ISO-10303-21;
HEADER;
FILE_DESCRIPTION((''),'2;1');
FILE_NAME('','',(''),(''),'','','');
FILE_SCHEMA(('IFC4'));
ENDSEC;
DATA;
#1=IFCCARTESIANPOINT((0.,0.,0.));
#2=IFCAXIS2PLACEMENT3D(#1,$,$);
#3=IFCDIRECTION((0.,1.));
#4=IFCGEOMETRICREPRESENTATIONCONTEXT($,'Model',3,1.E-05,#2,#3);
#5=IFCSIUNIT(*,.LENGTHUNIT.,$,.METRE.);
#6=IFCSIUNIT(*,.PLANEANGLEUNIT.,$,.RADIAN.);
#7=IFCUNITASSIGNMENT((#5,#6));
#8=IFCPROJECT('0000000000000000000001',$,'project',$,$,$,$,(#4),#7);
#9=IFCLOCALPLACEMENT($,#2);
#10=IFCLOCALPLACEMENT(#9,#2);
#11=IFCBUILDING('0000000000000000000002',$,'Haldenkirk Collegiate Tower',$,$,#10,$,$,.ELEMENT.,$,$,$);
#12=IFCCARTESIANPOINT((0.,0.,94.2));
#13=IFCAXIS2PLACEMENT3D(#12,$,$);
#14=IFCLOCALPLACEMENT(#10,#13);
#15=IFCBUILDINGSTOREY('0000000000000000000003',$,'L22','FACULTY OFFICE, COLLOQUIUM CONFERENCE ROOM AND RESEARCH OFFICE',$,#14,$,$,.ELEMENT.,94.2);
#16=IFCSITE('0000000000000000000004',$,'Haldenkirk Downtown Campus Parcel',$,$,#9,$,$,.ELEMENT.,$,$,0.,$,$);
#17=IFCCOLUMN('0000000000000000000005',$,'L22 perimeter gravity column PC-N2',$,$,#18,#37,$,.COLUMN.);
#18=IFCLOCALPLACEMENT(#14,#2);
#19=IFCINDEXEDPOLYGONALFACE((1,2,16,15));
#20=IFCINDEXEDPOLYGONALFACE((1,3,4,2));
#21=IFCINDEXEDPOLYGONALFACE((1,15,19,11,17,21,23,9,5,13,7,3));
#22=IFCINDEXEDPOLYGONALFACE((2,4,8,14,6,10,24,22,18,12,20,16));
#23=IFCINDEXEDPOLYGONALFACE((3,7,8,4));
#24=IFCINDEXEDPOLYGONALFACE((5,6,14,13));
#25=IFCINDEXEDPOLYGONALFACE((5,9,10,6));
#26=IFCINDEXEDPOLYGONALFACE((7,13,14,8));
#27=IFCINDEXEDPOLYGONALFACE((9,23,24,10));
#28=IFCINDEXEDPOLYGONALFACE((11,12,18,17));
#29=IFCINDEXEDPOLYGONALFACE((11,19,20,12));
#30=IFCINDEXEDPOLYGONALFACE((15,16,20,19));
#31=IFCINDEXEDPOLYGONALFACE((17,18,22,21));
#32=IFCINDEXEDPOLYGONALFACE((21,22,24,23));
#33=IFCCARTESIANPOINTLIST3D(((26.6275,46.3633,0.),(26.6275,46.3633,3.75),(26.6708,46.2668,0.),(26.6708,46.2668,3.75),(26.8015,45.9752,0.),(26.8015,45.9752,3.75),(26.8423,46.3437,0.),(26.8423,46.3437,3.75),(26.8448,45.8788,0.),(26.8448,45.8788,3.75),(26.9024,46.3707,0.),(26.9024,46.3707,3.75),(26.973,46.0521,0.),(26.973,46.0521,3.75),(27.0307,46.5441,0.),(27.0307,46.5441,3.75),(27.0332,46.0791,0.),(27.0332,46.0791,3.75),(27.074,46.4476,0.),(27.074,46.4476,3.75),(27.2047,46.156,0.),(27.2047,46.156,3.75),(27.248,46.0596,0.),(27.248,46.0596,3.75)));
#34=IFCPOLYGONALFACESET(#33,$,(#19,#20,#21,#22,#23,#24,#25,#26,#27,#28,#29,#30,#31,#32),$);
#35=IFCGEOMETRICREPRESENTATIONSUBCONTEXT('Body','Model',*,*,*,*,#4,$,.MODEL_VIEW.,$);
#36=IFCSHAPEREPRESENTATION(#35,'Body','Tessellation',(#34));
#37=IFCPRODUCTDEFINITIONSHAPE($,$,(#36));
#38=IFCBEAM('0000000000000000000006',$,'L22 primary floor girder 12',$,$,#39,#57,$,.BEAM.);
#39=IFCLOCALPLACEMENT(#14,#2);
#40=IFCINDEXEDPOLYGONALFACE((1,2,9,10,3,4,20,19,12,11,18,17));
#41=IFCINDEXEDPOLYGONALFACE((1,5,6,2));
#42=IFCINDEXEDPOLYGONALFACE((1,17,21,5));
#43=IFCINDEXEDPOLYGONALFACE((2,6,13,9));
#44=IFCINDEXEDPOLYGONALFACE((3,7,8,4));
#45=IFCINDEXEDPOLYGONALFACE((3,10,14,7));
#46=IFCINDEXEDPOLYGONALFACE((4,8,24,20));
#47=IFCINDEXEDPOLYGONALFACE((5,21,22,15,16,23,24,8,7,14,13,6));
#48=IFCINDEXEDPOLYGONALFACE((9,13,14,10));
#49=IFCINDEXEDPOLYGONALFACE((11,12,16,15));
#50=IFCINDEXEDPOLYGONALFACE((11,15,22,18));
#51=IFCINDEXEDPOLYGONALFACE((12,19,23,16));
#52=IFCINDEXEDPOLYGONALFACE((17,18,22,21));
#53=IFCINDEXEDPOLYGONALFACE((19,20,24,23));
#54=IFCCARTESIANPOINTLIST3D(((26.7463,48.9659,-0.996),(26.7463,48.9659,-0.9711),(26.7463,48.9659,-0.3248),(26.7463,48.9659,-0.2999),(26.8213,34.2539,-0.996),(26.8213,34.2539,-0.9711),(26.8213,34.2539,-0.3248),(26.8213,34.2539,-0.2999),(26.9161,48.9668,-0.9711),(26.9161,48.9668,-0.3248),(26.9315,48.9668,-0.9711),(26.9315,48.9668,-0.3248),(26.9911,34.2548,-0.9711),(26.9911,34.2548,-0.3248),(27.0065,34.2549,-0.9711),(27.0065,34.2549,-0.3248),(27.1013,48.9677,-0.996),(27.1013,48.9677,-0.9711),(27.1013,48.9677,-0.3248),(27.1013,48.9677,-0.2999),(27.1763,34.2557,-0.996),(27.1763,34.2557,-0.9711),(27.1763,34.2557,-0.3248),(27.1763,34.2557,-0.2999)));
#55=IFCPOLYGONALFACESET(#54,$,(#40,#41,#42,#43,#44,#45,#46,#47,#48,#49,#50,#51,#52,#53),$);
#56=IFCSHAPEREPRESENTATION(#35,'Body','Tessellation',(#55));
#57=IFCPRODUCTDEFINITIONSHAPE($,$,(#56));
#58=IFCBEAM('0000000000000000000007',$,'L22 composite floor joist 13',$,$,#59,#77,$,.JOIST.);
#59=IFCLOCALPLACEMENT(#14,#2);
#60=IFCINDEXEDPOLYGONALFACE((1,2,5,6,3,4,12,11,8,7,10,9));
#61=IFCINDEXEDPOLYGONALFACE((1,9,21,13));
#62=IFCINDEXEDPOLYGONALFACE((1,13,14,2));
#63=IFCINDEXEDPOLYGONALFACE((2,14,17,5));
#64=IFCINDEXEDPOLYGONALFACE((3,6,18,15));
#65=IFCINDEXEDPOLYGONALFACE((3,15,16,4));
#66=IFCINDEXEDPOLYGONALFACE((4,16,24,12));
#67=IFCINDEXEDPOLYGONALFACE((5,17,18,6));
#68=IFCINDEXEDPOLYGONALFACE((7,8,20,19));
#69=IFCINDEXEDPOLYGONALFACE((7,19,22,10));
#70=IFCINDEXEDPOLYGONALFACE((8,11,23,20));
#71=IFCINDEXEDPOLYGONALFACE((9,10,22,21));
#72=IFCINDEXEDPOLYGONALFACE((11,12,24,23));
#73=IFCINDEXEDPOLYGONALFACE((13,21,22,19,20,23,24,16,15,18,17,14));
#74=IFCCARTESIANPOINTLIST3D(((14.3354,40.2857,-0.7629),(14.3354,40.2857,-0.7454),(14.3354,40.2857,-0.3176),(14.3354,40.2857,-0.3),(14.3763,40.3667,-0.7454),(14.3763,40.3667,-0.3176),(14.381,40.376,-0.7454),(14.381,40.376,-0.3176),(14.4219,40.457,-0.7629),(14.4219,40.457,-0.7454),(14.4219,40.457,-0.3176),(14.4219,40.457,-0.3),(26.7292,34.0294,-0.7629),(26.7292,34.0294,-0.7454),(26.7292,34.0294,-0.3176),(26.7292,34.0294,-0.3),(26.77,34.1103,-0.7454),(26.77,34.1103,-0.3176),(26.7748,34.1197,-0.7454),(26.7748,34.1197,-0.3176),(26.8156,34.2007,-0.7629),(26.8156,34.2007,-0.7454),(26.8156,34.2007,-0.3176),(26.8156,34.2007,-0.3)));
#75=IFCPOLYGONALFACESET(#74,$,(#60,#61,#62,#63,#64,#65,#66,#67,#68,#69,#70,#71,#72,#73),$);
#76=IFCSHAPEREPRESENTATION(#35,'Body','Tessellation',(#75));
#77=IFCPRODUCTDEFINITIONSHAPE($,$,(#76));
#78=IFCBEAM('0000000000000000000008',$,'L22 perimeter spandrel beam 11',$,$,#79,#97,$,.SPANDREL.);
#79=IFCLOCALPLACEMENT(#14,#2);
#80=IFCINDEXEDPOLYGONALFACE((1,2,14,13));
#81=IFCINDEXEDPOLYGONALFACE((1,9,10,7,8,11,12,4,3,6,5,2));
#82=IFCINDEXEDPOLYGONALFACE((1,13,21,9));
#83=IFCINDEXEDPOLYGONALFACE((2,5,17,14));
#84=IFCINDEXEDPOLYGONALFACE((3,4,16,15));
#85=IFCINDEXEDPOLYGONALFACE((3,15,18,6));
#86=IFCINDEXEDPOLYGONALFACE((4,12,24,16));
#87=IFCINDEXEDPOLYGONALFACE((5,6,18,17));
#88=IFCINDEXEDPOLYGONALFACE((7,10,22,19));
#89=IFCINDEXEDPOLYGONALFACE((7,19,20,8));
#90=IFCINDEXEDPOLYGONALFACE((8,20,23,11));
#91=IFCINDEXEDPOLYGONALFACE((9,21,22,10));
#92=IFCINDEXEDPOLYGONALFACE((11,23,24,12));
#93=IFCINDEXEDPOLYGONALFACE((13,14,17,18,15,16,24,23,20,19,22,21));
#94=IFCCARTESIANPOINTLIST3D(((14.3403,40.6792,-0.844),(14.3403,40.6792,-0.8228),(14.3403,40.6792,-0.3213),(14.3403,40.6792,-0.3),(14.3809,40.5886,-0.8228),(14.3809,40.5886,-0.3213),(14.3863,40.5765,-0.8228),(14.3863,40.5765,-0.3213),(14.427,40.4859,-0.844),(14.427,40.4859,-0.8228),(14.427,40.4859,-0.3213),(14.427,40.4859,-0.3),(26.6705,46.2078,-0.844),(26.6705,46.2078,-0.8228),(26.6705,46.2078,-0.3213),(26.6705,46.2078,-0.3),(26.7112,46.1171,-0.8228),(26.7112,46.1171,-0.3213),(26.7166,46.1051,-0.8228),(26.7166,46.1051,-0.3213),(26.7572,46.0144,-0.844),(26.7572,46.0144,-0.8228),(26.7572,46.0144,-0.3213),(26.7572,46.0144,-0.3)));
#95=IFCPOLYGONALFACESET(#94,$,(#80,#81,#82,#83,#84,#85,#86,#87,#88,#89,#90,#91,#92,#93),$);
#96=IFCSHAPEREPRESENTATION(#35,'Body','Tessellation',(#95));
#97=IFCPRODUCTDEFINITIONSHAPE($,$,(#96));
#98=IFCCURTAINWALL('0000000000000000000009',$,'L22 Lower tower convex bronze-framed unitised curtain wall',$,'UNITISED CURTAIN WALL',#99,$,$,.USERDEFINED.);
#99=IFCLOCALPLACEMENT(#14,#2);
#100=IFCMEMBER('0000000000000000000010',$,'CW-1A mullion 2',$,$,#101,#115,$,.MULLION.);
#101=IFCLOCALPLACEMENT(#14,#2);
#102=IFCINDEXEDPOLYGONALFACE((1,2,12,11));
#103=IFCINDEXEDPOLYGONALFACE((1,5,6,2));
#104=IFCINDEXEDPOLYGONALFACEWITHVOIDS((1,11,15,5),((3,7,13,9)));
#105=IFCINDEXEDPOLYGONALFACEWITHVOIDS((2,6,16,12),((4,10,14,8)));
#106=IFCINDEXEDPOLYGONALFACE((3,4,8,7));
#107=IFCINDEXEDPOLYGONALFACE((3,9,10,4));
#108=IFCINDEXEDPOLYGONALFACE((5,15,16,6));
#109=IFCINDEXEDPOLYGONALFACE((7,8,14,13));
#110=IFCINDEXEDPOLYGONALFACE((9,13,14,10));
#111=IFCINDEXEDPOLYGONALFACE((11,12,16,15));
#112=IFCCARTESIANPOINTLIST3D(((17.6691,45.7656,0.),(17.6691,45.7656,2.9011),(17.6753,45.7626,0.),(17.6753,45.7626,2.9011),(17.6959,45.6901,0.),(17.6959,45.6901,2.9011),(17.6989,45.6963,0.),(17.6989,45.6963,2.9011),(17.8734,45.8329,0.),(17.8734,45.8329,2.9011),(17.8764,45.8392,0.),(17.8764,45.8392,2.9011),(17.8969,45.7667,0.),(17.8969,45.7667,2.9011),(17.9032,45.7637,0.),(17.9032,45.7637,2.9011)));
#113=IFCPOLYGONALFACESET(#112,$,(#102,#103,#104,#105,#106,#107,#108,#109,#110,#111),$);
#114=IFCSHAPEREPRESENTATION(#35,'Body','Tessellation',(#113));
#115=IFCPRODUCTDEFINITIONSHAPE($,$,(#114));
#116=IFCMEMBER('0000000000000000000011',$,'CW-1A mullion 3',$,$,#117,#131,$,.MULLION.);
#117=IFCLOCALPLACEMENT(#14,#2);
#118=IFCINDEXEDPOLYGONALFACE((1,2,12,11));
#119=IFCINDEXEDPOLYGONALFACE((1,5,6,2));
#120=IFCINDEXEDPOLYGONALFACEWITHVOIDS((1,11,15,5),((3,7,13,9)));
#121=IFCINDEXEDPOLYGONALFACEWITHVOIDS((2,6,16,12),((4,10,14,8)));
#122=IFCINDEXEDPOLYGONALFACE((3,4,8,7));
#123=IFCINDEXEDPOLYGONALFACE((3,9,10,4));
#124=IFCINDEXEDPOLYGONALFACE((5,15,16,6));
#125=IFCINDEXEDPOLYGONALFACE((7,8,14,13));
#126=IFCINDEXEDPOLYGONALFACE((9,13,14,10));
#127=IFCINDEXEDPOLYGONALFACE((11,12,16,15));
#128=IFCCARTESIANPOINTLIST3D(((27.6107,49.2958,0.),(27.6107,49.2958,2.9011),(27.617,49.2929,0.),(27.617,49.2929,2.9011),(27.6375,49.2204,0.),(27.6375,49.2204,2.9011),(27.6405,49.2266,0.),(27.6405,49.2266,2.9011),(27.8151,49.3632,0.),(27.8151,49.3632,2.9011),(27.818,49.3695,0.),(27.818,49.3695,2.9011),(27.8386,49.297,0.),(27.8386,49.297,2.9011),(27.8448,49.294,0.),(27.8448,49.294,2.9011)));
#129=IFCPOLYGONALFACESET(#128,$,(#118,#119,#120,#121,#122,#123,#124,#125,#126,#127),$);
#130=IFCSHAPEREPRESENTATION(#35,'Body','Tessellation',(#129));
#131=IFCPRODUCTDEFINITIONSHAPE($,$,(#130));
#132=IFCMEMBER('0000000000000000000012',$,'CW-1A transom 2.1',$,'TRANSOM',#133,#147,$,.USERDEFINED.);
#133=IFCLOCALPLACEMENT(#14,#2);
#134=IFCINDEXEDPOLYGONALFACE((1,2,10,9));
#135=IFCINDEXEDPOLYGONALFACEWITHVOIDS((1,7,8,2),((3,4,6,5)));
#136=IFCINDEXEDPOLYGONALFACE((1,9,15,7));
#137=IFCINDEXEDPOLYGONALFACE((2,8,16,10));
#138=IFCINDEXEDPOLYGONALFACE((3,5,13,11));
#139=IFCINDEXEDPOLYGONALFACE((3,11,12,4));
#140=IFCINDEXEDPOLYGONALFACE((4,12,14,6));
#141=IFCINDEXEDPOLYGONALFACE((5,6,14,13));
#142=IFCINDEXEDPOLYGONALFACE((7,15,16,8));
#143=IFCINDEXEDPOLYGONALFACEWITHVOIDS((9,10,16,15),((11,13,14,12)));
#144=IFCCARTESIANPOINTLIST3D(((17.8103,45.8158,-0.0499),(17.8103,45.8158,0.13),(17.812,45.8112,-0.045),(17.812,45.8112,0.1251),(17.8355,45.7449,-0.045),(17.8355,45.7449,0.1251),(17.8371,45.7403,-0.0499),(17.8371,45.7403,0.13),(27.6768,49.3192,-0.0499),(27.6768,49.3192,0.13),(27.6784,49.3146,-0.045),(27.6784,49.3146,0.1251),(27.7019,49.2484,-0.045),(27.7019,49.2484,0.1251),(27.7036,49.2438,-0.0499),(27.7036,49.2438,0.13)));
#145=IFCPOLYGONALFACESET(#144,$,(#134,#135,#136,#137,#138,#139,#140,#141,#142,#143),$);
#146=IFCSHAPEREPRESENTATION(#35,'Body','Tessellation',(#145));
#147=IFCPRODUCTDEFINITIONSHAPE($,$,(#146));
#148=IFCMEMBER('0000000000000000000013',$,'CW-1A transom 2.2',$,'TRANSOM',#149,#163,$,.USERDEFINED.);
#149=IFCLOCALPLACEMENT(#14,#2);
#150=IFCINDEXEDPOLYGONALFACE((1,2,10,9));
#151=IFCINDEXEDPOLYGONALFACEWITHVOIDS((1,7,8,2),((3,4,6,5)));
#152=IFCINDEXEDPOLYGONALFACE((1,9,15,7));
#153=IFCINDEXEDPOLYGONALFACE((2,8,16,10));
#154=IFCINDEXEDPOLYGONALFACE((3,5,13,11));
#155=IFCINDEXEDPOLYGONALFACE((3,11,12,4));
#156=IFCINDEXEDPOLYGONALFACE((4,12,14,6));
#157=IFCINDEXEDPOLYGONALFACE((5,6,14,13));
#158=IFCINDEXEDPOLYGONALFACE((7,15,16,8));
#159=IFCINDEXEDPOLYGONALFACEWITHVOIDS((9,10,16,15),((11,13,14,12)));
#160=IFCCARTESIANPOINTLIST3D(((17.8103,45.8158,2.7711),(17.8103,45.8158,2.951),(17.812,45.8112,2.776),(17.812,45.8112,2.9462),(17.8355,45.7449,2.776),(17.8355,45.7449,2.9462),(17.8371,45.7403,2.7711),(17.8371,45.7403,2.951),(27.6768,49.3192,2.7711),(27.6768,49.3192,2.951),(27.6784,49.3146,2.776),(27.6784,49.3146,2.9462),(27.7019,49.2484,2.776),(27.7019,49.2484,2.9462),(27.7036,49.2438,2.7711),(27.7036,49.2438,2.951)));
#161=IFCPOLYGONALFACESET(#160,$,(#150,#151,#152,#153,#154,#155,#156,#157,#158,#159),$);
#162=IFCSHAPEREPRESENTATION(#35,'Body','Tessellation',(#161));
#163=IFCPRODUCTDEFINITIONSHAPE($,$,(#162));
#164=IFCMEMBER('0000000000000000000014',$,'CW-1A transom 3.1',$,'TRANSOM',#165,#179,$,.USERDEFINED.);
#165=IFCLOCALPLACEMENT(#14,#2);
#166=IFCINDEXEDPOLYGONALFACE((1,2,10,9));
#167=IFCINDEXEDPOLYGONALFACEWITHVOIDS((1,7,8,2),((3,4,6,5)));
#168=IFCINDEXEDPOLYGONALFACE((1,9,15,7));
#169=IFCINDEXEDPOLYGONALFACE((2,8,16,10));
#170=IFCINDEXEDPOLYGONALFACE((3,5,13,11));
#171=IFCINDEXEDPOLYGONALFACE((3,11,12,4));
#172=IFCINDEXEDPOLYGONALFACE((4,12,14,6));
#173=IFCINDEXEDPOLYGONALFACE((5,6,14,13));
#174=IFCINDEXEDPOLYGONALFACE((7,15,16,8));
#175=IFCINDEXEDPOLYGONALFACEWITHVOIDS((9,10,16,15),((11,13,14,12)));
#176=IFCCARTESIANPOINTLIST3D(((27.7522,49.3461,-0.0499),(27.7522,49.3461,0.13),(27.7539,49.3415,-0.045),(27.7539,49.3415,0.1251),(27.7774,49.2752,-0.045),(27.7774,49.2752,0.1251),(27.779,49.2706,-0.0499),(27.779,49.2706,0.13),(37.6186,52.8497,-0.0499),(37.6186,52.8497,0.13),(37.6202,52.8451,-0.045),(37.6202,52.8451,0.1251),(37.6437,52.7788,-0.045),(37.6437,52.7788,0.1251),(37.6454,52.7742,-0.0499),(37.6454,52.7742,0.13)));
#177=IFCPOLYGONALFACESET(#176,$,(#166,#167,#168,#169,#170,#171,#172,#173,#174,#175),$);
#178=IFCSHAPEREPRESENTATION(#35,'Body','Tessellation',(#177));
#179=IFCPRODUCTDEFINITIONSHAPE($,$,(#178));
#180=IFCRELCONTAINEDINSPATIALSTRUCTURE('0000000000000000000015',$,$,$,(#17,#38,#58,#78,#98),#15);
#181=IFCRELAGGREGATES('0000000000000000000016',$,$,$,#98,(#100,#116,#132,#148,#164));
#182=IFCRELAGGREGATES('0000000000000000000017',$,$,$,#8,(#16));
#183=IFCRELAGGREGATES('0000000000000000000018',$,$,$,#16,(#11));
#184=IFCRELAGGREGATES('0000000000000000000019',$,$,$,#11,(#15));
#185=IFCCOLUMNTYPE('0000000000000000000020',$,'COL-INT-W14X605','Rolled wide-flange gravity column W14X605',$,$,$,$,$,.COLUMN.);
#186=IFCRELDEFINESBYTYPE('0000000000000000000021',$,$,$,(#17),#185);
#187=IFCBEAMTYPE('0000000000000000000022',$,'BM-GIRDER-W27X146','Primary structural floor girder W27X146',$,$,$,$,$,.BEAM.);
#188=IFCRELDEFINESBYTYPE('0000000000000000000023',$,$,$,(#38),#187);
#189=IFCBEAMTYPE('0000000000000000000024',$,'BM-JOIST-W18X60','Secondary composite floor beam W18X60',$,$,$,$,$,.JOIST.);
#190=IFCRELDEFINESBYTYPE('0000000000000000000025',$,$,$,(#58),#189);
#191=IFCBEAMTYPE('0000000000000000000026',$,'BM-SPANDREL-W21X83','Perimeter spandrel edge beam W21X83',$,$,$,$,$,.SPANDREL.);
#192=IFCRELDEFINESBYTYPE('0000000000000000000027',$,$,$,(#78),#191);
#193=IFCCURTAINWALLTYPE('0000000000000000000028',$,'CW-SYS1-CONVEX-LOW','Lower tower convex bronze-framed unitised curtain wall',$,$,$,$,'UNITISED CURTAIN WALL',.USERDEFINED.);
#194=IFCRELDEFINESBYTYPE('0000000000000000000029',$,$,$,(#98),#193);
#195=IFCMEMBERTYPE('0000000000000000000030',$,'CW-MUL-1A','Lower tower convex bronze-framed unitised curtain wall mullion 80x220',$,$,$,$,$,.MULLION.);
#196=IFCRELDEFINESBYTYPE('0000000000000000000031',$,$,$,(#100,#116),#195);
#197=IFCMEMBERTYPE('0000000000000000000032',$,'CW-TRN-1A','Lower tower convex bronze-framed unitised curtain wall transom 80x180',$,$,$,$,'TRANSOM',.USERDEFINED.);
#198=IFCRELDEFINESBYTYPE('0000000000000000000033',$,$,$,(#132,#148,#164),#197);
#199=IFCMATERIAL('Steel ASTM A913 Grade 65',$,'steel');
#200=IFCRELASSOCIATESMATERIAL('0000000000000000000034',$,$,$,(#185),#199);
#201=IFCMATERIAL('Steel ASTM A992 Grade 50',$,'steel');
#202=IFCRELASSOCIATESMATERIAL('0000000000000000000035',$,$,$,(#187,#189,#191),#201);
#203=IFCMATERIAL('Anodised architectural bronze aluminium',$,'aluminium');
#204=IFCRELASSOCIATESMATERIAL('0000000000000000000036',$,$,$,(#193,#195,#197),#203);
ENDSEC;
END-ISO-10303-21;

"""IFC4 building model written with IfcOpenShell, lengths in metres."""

from ifc_helpers import new_model, si_unit, direction, frame, origin, origin_2d, place, context, subcontext, project, spatial, hollow_rectangle, i_section, extrude, material, material_profile, profile_set, type_object, element, aggregate, save


model = new_model("IFC4")

# Units and contexts
model_context = context("Model", 3, precision=1e-05, world=origin(), true_north=direction((0.0, 1.0)))
body_context = subcontext(model_context, "Body", "Model", "MODEL_VIEW")
ifc_project = project(units=[si_unit("LENGTHUNIT", "METRE"), si_unit("PLANEANGLEUNIT", "RADIAN")], contexts=[model_context])

# Site, building, storey
site_placement = place(None, origin())
site = spatial("IfcSite", under=ifc_project, at=site_placement, Name="Haldenkirk Downtown Campus Parcel", CompositionType="ELEMENT", RefElevation=0.0)
building_placement = place(site_placement, origin())
building = spatial("IfcBuilding", under=site, at=building_placement, Name="Haldenkirk Collegiate Tower", CompositionType="ELEMENT")
storey_placement = place(building_placement, frame((0.0, 0.0, 94.2)))
storey = spatial("IfcBuildingStorey", under=building, at=storey_placement, Name="L22", Description="FACULTY OFFICE, COLLOQUIUM CONFERENCE ROOM AND RESEARCH OFFICE", CompositionType="ELEMENT", Elevation=94.2)

# Column
ifc_material_1 = material(Name="Steel ASTM A913 Grade 65", Category="steel")
ifc_material_profile_1 = material_profile(ifc_material_1, i_section(OverallWidth=0.4419, OverallDepth=0.531, WebThickness=0.0659, FlangeThickness=0.1057, at=origin_2d()), Name="W14X605")
ifc_profile_set_1 = profile_set([ifc_material_profile_1], Name="Steel ASTM A913 Grade 65")
column_type = type_object("IfcColumnType", Name="COL-INT-W14X605", Description="Rolled wide-flange gravity column W14X605", PredefinedType="COLUMN", material=ifc_profile_set_1)
column_placement = place(storey_placement, frame((26.9377, 46.2114, 0.0), z_axis=(0.0, 0.0, 1.0), x_axis=(0.912477, 0.409127, 0.0)))
element("IfcColumn", 1, at=column_placement, inside=storey, type_object=column_type, Name="L22 perimeter gravity column PC-N2", PredefinedType="COLUMN", context=body_context, shape_type="SweptSolid", body=[
    extrude(i_section(OverallWidth=0.4419, OverallDepth=0.531, WebThickness=0.0659, FlangeThickness=0.1057, at=origin_2d()), origin(), (0.0, 0.0, 1.0), 3.75),
])

# Beams
ifc_material_2 = material(Name="Steel ASTM A992 Grade 50", Category="steel")
ifc_material_profile_2 = material_profile(ifc_material_2, i_section(OverallWidth=0.355, OverallDepth=0.696, WebThickness=0.0154, FlangeThickness=0.0249, at=origin_2d()), Name="W27X146")
ifc_profile_set_2 = profile_set([ifc_material_profile_2], Name="Steel ASTM A992 Grade 50")
beam_type_1 = type_object("IfcBeamType", Name="BM-GIRDER-W27X146", Description="Primary structural floor girder W27X146", PredefinedType="BEAM", material=ifc_profile_set_2)
beam_1_placement = place(storey_placement, frame((26.9238, 48.9668, -0.6479), z_axis=(0.005095, -0.999987, 0.0), x_axis=(0.999987, 0.005095, 0.0)))
element("IfcBeam", 2, at=beam_1_placement, inside=storey, type_object=beam_type_1, Name="L22 primary floor girder 12", PredefinedType="BEAM", context=body_context, shape_type="SweptSolid", body=[
    extrude(i_section(OverallWidth=0.355, OverallDepth=0.696, WebThickness=0.0154, FlangeThickness=0.0249, at=origin_2d()), origin(), (0.0, 0.0, 1.0), 14.7122),
])
ifc_material_profile_3 = material_profile(ifc_material_2, i_section(OverallWidth=0.1919, OverallDepth=0.4629, WebThickness=0.0105, FlangeThickness=0.0176, at=origin_2d()), Name="W18X60")
ifc_profile_set_3 = profile_set([ifc_material_profile_3], Name="Steel ASTM A992 Grade 50")
beam_type_2 = type_object("IfcBeamType", Name="BM-JOIST-W18X60", Description="Secondary composite floor beam W18X60", PredefinedType="JOIST", material=ifc_profile_set_3)
beam_2_placement = place(storey_placement, frame((14.3787, 40.3713, -0.5315), z_axis=(0.892708, -0.450636, 0.0), x_axis=(0.450636, 0.892708, 0.0)))
element("IfcBeam", 3, at=beam_2_placement, inside=storey, type_object=beam_type_2, Name="L22 composite floor joist 13", PredefinedType="JOIST", context=body_context, shape_type="SweptSolid", body=[
    extrude(i_section(OverallWidth=0.1919, OverallDepth=0.4629, WebThickness=0.0105, FlangeThickness=0.0176, at=origin_2d()), origin(), (0.0, 0.0, 1.0), 13.8833),
])
ifc_material_profile_4 = material_profile(ifc_material_2, i_section(OverallWidth=0.2119, OverallDepth=0.5439, WebThickness=0.0132, FlangeThickness=0.0212, at=origin_2d()), Name="W21X83")
ifc_profile_set_4 = profile_set([ifc_material_profile_4], Name="Steel ASTM A992 Grade 50")
beam_type_3 = type_object("IfcBeamType", Name="BM-SPANDREL-W21X83", Description="Perimeter spandrel edge beam W21X83", PredefinedType="SPANDREL", material=ifc_profile_set_4)
beam_3_placement = place(storey_placement, frame((26.7139, 46.1111, -0.572), z_axis=(-0.912477, -0.409129, 0.0), x_axis=(0.409129, -0.912477, 0.0)))
element("IfcBeam", 4, at=beam_3_placement, inside=storey, type_object=beam_type_3, Name="L22 perimeter spandrel beam 11", PredefinedType="SPANDREL", context=body_context, shape_type="SweptSolid", body=[
    extrude(i_section(OverallWidth=0.2119, OverallDepth=0.5439, WebThickness=0.0132, FlangeThickness=0.0212, at=origin_2d()), origin(), (0.0, 0.0, 1.0), 13.5129),
])

# Curtain wall, members
ifc_material_3 = material(Name="Anodised architectural bronze aluminium", Category="aluminium")
curtain_wall_type = type_object("IfcCurtainWallType", Name="CW-SYS1-CONVEX-LOW", Description="Lower tower convex bronze-framed unitised curtain wall", ElementType="UNITISED CURTAIN WALL", PredefinedType="USERDEFINED", material=ifc_material_3)
curtain_wall_placement = place(storey_placement, origin())
curtain_wall = element("IfcCurtainWall", 5, at=curtain_wall_placement, inside=storey, type_object=curtain_wall_type, Name="L22 Lower tower convex bronze-framed unitised curtain wall", ObjectType="UNITISED CURTAIN WALL", PredefinedType="USERDEFINED")
ifc_material_profile_5 = material_profile(ifc_material_3, hollow_rectangle(XDim=0.0801, YDim=0.22, WallThickness=0.0049, at=origin_2d()), Name="CW-MUL-1A")
ifc_profile_set_5 = profile_set([ifc_material_profile_5], Name="Anodised architectural bronze aluminium")
member_type_1 = type_object("IfcMemberType", Name="CW-MUL-1A", Description="Lower tower convex bronze-framed unitised curtain wall mullion 80x220", PredefinedType="MULLION", material=ifc_profile_set_5)
member_1_placement = place(storey_placement, frame((17.7861, 45.7646, 0.0), z_axis=(0.0, 0.0, 1.0), x_axis=(-0.334628, 0.94235, 0.0)))
member_1 = element("IfcMember", 6, at=member_1_placement, type_object=member_type_1, Name="CW-1A mullion 2", PredefinedType="MULLION", context=body_context, shape_type="SweptSolid", body=[
    extrude(hollow_rectangle(XDim=0.0801, YDim=0.22, WallThickness=0.0049, at=origin_2d()), origin(), (0.0, 0.0, 1.0), 2.9011),
])
member_2_placement = place(storey_placement, frame((27.7278, 49.2949, 0.0), z_axis=(0.0, 0.0, 1.0), x_axis=(-0.334628, 0.94235, 0.0)))
member_2 = element("IfcMember", 7, at=member_2_placement, type_object=member_type_1, Name="CW-1A mullion 3", PredefinedType="MULLION", context=body_context, shape_type="SweptSolid", body=[
    extrude(hollow_rectangle(XDim=0.0801, YDim=0.22, WallThickness=0.0049, at=origin_2d()), origin(), (0.0, 0.0, 1.0), 2.9011),
])
ifc_material_profile_6 = material_profile(ifc_material_3, hollow_rectangle(XDim=0.0801, YDim=0.1799, WallThickness=0.0049, at=origin_2d()), Name="CW-TRN-1A")
ifc_profile_set_6 = profile_set([ifc_material_profile_6], Name="Anodised architectural bronze aluminium")
member_type_2 = type_object("IfcMemberType", Name="CW-TRN-1A", Description="Lower tower convex bronze-framed unitised curtain wall transom 80x180", ElementType="TRANSOM", PredefinedType="USERDEFINED", material=ifc_profile_set_6)
member_3_placement = place(storey_placement, frame((17.8237, 45.7781, 0.04), z_axis=(0.942355, 0.334615, 0.0), x_axis=(-0.334615, 0.942355, 0.0)))
member_3 = element("IfcMember", 8, at=member_3_placement, type_object=member_type_2, Name="CW-1A transom 2.1", ObjectType="TRANSOM", PredefinedType="USERDEFINED", context=body_context, shape_type="SweptSolid", body=[
    extrude(hollow_rectangle(XDim=0.0801, YDim=0.1799, WallThickness=0.0049, at=origin_2d()), origin(), (0.0, 0.0, 1.0), 10.47),
])
member_4_placement = place(storey_placement, frame((17.8237, 45.7781, 2.8611), z_axis=(0.942355, 0.334615, 0.0), x_axis=(-0.334615, 0.942355, 0.0)))
member_4 = element("IfcMember", 9, at=member_4_placement, type_object=member_type_2, Name="CW-1A transom 2.2", ObjectType="TRANSOM", PredefinedType="USERDEFINED", context=body_context, shape_type="SweptSolid", body=[
    extrude(hollow_rectangle(XDim=0.0801, YDim=0.1799, WallThickness=0.0049, at=origin_2d()), origin(), (0.0, 0.0, 1.0), 10.47),
])
member_5_placement = place(storey_placement, frame((27.7656, 49.3083, 0.04), z_axis=(0.942348, 0.334636, 0.0), x_axis=(-0.334636, 0.942348, 0.0)))
member_5 = element("IfcMember", 10, at=member_5_placement, type_object=member_type_2, Name="CW-1A transom 3.1", ObjectType="TRANSOM", PredefinedType="USERDEFINED", context=body_context, shape_type="SweptSolid", body=[
    extrude(hollow_rectangle(XDim=0.0801, YDim=0.1799, WallThickness=0.0049, at=origin_2d()), origin(), (0.0, 0.0, 1.0), 10.47),
])

aggregate(curtain_wall, [member_1, member_2, member_3, member_4, member_5])

save(model, "model.ifc")
